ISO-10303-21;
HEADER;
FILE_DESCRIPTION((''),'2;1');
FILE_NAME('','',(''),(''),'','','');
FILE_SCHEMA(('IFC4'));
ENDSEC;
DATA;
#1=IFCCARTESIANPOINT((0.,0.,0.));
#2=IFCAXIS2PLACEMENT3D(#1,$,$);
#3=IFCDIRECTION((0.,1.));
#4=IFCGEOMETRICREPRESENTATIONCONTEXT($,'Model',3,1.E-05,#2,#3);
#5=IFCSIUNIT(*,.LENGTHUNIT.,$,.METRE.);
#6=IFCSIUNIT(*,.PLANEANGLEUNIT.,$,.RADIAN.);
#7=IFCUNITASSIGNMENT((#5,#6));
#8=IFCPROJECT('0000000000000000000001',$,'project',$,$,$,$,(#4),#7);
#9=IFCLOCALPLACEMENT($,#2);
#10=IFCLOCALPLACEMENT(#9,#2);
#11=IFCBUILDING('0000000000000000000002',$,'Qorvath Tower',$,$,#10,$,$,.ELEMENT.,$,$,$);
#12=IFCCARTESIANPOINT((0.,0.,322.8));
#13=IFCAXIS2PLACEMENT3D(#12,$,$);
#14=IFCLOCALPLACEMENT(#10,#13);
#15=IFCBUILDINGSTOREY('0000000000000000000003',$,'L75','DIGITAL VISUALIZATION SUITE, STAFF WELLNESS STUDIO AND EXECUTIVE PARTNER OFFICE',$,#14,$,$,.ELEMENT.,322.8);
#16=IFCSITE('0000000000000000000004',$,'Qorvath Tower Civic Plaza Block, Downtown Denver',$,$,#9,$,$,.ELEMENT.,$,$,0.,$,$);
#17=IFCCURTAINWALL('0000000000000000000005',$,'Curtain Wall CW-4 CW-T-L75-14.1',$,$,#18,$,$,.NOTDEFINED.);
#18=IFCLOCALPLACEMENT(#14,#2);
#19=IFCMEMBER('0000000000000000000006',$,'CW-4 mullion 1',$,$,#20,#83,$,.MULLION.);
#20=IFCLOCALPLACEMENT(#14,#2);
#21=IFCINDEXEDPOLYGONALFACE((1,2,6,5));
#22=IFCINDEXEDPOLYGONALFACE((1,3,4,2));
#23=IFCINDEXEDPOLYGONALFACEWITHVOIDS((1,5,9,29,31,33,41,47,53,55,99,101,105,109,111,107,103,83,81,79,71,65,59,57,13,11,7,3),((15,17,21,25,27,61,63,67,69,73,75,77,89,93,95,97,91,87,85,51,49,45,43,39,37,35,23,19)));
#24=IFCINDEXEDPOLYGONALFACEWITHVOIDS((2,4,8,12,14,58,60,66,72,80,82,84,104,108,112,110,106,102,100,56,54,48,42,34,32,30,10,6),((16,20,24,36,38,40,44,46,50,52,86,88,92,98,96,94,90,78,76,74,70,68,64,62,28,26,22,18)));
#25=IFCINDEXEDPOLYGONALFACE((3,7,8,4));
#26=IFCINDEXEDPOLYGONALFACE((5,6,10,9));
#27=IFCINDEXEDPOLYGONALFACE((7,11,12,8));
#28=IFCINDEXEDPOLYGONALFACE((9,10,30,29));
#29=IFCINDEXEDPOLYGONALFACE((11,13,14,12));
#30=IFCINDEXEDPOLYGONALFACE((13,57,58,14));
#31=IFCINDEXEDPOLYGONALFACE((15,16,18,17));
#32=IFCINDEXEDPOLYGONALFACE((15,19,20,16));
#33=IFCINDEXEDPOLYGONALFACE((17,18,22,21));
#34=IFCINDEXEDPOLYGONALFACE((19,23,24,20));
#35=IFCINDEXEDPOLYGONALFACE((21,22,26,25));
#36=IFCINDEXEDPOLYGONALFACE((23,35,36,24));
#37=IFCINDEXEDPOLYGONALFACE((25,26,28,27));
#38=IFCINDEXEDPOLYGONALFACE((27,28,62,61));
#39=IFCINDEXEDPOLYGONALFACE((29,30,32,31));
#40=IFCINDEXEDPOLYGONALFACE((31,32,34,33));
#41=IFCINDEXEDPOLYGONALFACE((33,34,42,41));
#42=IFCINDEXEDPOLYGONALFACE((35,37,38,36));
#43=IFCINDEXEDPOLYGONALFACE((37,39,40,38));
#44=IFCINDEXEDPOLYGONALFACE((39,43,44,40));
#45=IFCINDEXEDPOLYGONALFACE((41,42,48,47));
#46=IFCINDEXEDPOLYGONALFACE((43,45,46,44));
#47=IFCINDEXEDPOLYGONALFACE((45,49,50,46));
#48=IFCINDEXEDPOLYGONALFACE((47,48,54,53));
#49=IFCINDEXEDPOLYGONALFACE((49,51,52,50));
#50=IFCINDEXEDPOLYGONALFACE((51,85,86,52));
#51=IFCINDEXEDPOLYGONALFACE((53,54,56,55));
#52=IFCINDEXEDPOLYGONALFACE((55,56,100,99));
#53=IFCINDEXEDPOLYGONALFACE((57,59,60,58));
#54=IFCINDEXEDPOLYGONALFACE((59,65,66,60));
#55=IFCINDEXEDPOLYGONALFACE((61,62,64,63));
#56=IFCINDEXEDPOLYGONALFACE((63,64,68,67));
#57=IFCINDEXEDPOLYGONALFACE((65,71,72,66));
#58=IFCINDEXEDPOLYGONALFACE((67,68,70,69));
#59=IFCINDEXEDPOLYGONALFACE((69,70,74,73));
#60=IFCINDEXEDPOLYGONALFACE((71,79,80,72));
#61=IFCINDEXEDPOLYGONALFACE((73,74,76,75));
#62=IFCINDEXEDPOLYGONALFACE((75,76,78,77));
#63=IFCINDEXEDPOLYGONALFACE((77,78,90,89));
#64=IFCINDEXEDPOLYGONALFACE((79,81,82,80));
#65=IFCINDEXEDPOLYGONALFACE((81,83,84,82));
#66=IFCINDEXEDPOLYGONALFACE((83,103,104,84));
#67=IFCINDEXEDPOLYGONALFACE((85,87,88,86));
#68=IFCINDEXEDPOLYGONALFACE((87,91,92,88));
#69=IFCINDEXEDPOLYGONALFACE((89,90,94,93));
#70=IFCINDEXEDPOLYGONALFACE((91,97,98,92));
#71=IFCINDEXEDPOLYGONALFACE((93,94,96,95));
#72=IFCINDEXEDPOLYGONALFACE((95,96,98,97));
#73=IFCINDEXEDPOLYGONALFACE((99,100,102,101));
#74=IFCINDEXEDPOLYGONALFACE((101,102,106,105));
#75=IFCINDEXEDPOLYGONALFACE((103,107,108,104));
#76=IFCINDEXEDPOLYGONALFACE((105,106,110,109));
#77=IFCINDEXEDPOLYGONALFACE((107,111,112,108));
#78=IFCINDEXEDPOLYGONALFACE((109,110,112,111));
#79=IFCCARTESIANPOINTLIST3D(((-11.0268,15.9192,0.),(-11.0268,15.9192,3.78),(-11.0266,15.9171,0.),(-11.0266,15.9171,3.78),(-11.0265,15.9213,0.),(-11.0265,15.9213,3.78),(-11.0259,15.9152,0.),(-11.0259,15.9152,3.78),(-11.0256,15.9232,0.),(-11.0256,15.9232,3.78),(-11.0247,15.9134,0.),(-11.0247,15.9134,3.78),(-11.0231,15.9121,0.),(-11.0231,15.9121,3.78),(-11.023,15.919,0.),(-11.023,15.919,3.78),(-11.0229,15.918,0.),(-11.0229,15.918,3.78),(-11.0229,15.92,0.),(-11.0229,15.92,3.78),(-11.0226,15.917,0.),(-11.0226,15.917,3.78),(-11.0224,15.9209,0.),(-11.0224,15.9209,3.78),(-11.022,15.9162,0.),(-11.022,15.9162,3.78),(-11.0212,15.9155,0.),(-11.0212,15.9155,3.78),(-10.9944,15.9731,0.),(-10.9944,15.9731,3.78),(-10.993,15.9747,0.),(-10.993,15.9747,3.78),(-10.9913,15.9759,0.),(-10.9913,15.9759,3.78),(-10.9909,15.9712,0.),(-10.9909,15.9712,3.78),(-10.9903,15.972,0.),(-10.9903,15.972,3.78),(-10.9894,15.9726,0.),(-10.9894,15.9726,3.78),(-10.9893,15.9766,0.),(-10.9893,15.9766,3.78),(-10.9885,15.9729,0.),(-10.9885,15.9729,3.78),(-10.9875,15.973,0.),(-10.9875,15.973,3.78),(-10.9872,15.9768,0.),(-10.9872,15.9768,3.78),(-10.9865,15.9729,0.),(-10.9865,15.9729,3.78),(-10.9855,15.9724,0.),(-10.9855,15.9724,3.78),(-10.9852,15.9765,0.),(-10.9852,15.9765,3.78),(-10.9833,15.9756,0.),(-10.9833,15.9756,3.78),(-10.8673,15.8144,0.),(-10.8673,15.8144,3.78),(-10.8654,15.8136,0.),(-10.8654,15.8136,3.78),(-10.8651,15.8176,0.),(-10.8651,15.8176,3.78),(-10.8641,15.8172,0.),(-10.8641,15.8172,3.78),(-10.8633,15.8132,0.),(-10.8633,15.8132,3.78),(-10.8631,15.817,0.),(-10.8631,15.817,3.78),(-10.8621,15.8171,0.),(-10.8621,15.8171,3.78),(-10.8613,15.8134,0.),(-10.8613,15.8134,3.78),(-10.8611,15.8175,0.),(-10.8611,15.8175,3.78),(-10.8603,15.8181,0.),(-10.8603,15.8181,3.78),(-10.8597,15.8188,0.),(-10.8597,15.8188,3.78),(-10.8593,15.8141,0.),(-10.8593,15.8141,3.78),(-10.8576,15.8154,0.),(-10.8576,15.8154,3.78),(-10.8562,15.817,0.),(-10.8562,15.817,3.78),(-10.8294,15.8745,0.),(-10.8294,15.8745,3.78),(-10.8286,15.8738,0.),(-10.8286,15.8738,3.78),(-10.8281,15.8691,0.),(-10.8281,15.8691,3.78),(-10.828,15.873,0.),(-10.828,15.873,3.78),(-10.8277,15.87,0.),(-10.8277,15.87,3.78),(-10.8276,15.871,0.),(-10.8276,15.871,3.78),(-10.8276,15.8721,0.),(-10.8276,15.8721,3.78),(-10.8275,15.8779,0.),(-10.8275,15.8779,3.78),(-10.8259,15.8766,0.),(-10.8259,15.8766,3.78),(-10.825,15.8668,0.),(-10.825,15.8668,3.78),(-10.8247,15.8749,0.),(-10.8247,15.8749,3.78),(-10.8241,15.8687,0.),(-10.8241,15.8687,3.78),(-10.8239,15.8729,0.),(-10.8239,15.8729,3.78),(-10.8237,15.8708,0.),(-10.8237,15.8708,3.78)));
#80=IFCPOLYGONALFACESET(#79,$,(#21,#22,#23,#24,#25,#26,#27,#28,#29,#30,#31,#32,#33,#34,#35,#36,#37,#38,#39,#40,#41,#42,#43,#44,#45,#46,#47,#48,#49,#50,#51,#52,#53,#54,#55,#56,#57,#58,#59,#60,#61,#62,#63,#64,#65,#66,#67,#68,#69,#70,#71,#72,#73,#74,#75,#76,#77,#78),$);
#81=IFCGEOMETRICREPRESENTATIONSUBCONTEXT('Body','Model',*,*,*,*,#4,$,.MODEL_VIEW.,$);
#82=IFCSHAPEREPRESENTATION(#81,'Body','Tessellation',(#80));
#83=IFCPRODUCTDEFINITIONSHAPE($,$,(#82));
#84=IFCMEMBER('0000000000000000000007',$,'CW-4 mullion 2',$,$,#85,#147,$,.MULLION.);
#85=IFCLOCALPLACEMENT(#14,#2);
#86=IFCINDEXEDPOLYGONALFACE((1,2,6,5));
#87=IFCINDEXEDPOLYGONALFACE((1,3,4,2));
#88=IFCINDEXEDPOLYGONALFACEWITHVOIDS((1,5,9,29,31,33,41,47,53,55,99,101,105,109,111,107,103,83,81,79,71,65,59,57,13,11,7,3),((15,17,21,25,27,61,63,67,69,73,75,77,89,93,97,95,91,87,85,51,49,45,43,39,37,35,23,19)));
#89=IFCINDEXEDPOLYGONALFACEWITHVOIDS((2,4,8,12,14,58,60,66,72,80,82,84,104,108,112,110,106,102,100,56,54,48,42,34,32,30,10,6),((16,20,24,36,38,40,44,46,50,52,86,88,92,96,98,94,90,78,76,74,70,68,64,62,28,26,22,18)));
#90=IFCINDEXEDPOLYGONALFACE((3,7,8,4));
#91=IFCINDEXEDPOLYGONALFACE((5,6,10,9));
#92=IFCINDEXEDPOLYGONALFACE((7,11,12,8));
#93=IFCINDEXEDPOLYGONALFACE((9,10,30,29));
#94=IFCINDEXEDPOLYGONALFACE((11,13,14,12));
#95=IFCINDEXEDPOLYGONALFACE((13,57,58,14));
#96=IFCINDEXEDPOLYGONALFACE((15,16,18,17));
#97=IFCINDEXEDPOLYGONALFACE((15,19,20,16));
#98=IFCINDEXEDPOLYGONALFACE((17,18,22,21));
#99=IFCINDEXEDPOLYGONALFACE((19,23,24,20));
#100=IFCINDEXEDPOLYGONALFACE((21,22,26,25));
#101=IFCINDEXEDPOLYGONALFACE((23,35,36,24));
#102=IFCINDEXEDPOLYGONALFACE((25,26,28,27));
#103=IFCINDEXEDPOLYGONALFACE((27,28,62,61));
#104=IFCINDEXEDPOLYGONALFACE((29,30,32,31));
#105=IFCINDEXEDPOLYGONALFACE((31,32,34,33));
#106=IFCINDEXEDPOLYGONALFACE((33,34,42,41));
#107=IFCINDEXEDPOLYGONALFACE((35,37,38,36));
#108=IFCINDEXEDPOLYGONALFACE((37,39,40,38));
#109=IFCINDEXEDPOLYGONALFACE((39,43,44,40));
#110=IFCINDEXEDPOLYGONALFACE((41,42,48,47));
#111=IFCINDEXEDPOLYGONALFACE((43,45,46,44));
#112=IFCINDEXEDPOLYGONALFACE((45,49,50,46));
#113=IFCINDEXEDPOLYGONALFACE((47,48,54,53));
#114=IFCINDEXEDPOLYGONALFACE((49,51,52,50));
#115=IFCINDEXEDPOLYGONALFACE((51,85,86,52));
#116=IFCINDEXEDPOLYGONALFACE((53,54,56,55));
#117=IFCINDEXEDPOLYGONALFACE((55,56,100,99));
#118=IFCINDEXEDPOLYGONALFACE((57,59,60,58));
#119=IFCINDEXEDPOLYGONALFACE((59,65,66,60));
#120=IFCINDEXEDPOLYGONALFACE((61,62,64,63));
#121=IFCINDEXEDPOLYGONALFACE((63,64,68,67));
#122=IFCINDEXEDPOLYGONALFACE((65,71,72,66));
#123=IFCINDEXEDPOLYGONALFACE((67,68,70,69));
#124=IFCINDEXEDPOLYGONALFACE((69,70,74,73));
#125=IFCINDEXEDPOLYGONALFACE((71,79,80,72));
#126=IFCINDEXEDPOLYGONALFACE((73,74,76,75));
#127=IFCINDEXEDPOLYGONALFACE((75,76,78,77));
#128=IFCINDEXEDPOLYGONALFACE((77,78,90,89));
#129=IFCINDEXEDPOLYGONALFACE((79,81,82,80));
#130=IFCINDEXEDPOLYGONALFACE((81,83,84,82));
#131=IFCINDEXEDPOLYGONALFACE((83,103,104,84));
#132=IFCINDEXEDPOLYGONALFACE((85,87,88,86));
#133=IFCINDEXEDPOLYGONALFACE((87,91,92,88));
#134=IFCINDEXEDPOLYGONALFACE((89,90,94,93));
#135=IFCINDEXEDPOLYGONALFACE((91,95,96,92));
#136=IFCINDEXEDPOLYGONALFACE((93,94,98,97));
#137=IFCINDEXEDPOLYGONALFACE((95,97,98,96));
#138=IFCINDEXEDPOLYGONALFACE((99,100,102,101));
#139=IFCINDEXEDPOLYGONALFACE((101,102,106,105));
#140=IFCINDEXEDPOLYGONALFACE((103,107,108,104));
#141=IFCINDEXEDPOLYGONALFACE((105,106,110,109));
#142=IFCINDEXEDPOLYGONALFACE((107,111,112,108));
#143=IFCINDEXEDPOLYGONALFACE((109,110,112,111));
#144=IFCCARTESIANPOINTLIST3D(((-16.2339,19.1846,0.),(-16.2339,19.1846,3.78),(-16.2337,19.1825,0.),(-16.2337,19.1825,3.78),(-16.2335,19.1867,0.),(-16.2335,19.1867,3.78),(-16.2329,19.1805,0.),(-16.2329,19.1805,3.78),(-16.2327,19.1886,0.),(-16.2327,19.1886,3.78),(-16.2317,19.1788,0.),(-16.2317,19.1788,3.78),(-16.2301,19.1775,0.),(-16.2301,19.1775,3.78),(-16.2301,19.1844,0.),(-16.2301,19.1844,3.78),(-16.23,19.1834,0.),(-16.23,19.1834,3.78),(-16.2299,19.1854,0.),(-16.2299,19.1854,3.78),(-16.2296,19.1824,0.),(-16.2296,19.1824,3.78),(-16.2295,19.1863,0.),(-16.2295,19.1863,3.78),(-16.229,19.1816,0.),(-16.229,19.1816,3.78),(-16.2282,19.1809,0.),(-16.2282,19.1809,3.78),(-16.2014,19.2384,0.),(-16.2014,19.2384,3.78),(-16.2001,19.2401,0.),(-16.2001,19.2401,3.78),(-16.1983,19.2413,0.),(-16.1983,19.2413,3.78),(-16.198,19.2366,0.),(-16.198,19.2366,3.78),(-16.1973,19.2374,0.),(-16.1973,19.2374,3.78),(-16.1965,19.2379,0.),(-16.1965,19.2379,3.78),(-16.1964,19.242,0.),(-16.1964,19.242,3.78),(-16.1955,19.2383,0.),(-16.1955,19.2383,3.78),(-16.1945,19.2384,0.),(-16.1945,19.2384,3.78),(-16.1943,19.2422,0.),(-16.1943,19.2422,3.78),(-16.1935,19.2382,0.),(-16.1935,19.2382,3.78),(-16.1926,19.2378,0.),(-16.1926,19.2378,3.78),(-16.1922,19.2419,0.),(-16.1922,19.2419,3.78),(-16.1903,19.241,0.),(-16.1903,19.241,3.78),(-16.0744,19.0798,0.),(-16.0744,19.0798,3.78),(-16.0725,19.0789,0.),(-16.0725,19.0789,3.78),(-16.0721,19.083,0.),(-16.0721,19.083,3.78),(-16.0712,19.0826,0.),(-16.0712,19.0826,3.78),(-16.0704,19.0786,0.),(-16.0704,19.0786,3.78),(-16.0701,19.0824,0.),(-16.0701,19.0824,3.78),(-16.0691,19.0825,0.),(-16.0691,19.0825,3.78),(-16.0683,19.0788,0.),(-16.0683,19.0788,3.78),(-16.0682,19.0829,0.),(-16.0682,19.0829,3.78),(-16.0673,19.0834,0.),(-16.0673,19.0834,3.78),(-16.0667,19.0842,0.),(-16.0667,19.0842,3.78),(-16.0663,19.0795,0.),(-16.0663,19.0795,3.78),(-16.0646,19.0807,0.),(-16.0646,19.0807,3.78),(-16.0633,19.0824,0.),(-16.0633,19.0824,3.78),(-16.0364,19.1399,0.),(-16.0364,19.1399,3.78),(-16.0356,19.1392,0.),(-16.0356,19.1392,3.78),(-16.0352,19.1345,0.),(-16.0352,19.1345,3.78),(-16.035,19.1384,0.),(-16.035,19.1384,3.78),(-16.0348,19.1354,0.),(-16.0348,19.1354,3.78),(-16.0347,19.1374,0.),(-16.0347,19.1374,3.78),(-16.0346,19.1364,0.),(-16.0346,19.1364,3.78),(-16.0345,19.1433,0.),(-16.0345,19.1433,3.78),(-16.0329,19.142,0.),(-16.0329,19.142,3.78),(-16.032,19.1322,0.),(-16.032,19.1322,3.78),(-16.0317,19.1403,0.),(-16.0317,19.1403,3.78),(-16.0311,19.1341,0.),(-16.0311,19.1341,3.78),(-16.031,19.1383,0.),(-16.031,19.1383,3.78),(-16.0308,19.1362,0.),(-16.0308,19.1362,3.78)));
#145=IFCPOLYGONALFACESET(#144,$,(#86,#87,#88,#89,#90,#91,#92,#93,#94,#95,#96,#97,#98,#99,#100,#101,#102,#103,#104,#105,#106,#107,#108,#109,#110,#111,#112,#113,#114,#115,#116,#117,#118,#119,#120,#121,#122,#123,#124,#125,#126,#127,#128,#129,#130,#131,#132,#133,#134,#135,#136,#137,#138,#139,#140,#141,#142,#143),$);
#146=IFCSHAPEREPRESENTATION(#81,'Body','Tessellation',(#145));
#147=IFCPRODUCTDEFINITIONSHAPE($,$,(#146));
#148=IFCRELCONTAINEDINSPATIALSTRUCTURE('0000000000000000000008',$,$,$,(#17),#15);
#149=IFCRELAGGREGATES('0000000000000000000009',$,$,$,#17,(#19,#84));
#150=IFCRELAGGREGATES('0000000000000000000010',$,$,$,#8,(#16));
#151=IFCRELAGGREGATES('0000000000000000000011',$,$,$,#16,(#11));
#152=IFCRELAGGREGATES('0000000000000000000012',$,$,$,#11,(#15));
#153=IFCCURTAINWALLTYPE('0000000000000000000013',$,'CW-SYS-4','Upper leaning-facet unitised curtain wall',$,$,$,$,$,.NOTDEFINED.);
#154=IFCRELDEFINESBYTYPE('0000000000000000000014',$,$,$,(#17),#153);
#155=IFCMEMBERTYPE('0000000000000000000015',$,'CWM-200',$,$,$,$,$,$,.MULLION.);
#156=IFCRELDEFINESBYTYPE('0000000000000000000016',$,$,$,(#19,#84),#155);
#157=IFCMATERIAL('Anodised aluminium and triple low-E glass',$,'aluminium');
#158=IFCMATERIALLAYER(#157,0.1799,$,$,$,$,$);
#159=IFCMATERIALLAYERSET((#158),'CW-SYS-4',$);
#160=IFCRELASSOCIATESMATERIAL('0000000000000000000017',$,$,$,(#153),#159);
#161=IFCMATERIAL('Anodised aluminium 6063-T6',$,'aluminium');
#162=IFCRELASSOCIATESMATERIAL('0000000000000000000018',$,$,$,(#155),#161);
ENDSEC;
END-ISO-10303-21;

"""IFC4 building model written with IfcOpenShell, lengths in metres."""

from ifc_helpers import new_model, si_unit, direction, frame, origin, origin_2d, place, context, subcontext, project, spatial, hollow_rectangle, extrude, material, layer, layer_set, material_profile, profile_set, type_object, element, aggregate, save


model = new_model("IFC4")

# Units and contexts
model_context = context("Model", 3, precision=1e-05, world=origin(), true_north=direction((0.0, 1.0)))
body_context = subcontext(model_context, "Body", "Model", "MODEL_VIEW")
ifc_project = project(units=[si_unit("LENGTHUNIT", "METRE"), si_unit("PLANEANGLEUNIT", "RADIAN")], contexts=[model_context])

# Site, building, storey
site_placement = place(None, origin())
site = spatial("IfcSite", under=ifc_project, at=site_placement, Name="Qorvath Tower Civic Plaza Block, Downtown Denver", CompositionType="ELEMENT", RefElevation=0.0)
building_placement = place(site_placement, origin())
building = spatial("IfcBuilding", under=site, at=building_placement, Name="Qorvath Tower", CompositionType="ELEMENT")
storey_placement = place(building_placement, frame((0.0, 0.0, 322.8)))
storey = spatial("IfcBuildingStorey", under=building, at=storey_placement, Name="L75", Description="DIGITAL VISUALIZATION SUITE, STAFF WELLNESS STUDIO AND EXECUTIVE PARTNER OFFICE", CompositionType="ELEMENT", Elevation=322.8)

# Shared definitions
ifc_material_1 = material(Name="Anodised aluminium and triple low-E glass", Category="aluminium")
ifc_layer_1 = layer(ifc_material_1, 0.1799)
ifc_layer_set_1 = layer_set([ifc_layer_1], Name="CW-SYS-4")
curtain_wall_type = type_object("IfcCurtainWallType", Name="CW-SYS-4", Description="Upper leaning-facet unitised curtain wall", PredefinedType="NOTDEFINED", material=ifc_layer_set_1)
ifc_material_2 = material(Name="Anodised aluminium 6063-T6", Category="aluminium")
ifc_material_profile_1 = material_profile(ifc_material_2, hollow_rectangle(XDim=0.075, YDim=0.2, WallThickness=0.0039, InnerFilletRadius=0.0039, OuterFilletRadius=0.0081, at=origin_2d()), Name="CWM 200x75")
ifc_profile_set_1 = profile_set([ifc_material_profile_1], Name="Anodised aluminium 6063-T6")
member_type_1 = type_object("IfcMemberType", Name="CWM-200", PredefinedType="MULLION", material=ifc_profile_set_1)

# Curtain wall, members
curtain_wall_1_placement = place(storey_placement, origin())
curtain_wall_1 = element("IfcCurtainWall", 1, at=curtain_wall_1_placement, inside=storey, type_object=curtain_wall_type, Name="Curtain Wall CW-4 CW-T-L75-14.1", PredefinedType="NOTDEFINED")
member_1_placement = place(storey_placement, frame((-10.9253, 15.895, 0.0), z_axis=(0.0, 0.0, 1.0), x_axis=(-0.531309, -0.847178, 0.0)))
member_1 = element("IfcMember", 2, at=member_1_placement, type_object=member_type_1, Name="CW-4 mullion 1", PredefinedType="MULLION", context=body_context, shape_type="SweptSolid", body=[
    extrude(hollow_rectangle(XDim=0.075, YDim=0.2, WallThickness=0.0039, InnerFilletRadius=0.0039, OuterFilletRadius=0.0081, at=origin_2d()), origin(), (0.0, 0.0, 1.0), 3.78),
])
member_2_placement = place(storey_placement, frame((-16.1323, 19.1604, 0.0), z_axis=(0.0, 0.0, 1.0), x_axis=(-0.531309, -0.847178, 0.0)))
member_2 = element("IfcMember", 3, at=member_2_placement, type_object=member_type_1, Name="CW-4 mullion 2", PredefinedType="MULLION", context=body_context, shape_type="SweptSolid", body=[
    extrude(hollow_rectangle(XDim=0.075, YDim=0.2, WallThickness=0.0039, InnerFilletRadius=0.0039, OuterFilletRadius=0.0081, at=origin_2d()), origin(), (0.0, 0.0, 1.0), 3.78),
])

aggregate(curtain_wall_1, [member_1, member_2])

save(model, "model.ifc")
